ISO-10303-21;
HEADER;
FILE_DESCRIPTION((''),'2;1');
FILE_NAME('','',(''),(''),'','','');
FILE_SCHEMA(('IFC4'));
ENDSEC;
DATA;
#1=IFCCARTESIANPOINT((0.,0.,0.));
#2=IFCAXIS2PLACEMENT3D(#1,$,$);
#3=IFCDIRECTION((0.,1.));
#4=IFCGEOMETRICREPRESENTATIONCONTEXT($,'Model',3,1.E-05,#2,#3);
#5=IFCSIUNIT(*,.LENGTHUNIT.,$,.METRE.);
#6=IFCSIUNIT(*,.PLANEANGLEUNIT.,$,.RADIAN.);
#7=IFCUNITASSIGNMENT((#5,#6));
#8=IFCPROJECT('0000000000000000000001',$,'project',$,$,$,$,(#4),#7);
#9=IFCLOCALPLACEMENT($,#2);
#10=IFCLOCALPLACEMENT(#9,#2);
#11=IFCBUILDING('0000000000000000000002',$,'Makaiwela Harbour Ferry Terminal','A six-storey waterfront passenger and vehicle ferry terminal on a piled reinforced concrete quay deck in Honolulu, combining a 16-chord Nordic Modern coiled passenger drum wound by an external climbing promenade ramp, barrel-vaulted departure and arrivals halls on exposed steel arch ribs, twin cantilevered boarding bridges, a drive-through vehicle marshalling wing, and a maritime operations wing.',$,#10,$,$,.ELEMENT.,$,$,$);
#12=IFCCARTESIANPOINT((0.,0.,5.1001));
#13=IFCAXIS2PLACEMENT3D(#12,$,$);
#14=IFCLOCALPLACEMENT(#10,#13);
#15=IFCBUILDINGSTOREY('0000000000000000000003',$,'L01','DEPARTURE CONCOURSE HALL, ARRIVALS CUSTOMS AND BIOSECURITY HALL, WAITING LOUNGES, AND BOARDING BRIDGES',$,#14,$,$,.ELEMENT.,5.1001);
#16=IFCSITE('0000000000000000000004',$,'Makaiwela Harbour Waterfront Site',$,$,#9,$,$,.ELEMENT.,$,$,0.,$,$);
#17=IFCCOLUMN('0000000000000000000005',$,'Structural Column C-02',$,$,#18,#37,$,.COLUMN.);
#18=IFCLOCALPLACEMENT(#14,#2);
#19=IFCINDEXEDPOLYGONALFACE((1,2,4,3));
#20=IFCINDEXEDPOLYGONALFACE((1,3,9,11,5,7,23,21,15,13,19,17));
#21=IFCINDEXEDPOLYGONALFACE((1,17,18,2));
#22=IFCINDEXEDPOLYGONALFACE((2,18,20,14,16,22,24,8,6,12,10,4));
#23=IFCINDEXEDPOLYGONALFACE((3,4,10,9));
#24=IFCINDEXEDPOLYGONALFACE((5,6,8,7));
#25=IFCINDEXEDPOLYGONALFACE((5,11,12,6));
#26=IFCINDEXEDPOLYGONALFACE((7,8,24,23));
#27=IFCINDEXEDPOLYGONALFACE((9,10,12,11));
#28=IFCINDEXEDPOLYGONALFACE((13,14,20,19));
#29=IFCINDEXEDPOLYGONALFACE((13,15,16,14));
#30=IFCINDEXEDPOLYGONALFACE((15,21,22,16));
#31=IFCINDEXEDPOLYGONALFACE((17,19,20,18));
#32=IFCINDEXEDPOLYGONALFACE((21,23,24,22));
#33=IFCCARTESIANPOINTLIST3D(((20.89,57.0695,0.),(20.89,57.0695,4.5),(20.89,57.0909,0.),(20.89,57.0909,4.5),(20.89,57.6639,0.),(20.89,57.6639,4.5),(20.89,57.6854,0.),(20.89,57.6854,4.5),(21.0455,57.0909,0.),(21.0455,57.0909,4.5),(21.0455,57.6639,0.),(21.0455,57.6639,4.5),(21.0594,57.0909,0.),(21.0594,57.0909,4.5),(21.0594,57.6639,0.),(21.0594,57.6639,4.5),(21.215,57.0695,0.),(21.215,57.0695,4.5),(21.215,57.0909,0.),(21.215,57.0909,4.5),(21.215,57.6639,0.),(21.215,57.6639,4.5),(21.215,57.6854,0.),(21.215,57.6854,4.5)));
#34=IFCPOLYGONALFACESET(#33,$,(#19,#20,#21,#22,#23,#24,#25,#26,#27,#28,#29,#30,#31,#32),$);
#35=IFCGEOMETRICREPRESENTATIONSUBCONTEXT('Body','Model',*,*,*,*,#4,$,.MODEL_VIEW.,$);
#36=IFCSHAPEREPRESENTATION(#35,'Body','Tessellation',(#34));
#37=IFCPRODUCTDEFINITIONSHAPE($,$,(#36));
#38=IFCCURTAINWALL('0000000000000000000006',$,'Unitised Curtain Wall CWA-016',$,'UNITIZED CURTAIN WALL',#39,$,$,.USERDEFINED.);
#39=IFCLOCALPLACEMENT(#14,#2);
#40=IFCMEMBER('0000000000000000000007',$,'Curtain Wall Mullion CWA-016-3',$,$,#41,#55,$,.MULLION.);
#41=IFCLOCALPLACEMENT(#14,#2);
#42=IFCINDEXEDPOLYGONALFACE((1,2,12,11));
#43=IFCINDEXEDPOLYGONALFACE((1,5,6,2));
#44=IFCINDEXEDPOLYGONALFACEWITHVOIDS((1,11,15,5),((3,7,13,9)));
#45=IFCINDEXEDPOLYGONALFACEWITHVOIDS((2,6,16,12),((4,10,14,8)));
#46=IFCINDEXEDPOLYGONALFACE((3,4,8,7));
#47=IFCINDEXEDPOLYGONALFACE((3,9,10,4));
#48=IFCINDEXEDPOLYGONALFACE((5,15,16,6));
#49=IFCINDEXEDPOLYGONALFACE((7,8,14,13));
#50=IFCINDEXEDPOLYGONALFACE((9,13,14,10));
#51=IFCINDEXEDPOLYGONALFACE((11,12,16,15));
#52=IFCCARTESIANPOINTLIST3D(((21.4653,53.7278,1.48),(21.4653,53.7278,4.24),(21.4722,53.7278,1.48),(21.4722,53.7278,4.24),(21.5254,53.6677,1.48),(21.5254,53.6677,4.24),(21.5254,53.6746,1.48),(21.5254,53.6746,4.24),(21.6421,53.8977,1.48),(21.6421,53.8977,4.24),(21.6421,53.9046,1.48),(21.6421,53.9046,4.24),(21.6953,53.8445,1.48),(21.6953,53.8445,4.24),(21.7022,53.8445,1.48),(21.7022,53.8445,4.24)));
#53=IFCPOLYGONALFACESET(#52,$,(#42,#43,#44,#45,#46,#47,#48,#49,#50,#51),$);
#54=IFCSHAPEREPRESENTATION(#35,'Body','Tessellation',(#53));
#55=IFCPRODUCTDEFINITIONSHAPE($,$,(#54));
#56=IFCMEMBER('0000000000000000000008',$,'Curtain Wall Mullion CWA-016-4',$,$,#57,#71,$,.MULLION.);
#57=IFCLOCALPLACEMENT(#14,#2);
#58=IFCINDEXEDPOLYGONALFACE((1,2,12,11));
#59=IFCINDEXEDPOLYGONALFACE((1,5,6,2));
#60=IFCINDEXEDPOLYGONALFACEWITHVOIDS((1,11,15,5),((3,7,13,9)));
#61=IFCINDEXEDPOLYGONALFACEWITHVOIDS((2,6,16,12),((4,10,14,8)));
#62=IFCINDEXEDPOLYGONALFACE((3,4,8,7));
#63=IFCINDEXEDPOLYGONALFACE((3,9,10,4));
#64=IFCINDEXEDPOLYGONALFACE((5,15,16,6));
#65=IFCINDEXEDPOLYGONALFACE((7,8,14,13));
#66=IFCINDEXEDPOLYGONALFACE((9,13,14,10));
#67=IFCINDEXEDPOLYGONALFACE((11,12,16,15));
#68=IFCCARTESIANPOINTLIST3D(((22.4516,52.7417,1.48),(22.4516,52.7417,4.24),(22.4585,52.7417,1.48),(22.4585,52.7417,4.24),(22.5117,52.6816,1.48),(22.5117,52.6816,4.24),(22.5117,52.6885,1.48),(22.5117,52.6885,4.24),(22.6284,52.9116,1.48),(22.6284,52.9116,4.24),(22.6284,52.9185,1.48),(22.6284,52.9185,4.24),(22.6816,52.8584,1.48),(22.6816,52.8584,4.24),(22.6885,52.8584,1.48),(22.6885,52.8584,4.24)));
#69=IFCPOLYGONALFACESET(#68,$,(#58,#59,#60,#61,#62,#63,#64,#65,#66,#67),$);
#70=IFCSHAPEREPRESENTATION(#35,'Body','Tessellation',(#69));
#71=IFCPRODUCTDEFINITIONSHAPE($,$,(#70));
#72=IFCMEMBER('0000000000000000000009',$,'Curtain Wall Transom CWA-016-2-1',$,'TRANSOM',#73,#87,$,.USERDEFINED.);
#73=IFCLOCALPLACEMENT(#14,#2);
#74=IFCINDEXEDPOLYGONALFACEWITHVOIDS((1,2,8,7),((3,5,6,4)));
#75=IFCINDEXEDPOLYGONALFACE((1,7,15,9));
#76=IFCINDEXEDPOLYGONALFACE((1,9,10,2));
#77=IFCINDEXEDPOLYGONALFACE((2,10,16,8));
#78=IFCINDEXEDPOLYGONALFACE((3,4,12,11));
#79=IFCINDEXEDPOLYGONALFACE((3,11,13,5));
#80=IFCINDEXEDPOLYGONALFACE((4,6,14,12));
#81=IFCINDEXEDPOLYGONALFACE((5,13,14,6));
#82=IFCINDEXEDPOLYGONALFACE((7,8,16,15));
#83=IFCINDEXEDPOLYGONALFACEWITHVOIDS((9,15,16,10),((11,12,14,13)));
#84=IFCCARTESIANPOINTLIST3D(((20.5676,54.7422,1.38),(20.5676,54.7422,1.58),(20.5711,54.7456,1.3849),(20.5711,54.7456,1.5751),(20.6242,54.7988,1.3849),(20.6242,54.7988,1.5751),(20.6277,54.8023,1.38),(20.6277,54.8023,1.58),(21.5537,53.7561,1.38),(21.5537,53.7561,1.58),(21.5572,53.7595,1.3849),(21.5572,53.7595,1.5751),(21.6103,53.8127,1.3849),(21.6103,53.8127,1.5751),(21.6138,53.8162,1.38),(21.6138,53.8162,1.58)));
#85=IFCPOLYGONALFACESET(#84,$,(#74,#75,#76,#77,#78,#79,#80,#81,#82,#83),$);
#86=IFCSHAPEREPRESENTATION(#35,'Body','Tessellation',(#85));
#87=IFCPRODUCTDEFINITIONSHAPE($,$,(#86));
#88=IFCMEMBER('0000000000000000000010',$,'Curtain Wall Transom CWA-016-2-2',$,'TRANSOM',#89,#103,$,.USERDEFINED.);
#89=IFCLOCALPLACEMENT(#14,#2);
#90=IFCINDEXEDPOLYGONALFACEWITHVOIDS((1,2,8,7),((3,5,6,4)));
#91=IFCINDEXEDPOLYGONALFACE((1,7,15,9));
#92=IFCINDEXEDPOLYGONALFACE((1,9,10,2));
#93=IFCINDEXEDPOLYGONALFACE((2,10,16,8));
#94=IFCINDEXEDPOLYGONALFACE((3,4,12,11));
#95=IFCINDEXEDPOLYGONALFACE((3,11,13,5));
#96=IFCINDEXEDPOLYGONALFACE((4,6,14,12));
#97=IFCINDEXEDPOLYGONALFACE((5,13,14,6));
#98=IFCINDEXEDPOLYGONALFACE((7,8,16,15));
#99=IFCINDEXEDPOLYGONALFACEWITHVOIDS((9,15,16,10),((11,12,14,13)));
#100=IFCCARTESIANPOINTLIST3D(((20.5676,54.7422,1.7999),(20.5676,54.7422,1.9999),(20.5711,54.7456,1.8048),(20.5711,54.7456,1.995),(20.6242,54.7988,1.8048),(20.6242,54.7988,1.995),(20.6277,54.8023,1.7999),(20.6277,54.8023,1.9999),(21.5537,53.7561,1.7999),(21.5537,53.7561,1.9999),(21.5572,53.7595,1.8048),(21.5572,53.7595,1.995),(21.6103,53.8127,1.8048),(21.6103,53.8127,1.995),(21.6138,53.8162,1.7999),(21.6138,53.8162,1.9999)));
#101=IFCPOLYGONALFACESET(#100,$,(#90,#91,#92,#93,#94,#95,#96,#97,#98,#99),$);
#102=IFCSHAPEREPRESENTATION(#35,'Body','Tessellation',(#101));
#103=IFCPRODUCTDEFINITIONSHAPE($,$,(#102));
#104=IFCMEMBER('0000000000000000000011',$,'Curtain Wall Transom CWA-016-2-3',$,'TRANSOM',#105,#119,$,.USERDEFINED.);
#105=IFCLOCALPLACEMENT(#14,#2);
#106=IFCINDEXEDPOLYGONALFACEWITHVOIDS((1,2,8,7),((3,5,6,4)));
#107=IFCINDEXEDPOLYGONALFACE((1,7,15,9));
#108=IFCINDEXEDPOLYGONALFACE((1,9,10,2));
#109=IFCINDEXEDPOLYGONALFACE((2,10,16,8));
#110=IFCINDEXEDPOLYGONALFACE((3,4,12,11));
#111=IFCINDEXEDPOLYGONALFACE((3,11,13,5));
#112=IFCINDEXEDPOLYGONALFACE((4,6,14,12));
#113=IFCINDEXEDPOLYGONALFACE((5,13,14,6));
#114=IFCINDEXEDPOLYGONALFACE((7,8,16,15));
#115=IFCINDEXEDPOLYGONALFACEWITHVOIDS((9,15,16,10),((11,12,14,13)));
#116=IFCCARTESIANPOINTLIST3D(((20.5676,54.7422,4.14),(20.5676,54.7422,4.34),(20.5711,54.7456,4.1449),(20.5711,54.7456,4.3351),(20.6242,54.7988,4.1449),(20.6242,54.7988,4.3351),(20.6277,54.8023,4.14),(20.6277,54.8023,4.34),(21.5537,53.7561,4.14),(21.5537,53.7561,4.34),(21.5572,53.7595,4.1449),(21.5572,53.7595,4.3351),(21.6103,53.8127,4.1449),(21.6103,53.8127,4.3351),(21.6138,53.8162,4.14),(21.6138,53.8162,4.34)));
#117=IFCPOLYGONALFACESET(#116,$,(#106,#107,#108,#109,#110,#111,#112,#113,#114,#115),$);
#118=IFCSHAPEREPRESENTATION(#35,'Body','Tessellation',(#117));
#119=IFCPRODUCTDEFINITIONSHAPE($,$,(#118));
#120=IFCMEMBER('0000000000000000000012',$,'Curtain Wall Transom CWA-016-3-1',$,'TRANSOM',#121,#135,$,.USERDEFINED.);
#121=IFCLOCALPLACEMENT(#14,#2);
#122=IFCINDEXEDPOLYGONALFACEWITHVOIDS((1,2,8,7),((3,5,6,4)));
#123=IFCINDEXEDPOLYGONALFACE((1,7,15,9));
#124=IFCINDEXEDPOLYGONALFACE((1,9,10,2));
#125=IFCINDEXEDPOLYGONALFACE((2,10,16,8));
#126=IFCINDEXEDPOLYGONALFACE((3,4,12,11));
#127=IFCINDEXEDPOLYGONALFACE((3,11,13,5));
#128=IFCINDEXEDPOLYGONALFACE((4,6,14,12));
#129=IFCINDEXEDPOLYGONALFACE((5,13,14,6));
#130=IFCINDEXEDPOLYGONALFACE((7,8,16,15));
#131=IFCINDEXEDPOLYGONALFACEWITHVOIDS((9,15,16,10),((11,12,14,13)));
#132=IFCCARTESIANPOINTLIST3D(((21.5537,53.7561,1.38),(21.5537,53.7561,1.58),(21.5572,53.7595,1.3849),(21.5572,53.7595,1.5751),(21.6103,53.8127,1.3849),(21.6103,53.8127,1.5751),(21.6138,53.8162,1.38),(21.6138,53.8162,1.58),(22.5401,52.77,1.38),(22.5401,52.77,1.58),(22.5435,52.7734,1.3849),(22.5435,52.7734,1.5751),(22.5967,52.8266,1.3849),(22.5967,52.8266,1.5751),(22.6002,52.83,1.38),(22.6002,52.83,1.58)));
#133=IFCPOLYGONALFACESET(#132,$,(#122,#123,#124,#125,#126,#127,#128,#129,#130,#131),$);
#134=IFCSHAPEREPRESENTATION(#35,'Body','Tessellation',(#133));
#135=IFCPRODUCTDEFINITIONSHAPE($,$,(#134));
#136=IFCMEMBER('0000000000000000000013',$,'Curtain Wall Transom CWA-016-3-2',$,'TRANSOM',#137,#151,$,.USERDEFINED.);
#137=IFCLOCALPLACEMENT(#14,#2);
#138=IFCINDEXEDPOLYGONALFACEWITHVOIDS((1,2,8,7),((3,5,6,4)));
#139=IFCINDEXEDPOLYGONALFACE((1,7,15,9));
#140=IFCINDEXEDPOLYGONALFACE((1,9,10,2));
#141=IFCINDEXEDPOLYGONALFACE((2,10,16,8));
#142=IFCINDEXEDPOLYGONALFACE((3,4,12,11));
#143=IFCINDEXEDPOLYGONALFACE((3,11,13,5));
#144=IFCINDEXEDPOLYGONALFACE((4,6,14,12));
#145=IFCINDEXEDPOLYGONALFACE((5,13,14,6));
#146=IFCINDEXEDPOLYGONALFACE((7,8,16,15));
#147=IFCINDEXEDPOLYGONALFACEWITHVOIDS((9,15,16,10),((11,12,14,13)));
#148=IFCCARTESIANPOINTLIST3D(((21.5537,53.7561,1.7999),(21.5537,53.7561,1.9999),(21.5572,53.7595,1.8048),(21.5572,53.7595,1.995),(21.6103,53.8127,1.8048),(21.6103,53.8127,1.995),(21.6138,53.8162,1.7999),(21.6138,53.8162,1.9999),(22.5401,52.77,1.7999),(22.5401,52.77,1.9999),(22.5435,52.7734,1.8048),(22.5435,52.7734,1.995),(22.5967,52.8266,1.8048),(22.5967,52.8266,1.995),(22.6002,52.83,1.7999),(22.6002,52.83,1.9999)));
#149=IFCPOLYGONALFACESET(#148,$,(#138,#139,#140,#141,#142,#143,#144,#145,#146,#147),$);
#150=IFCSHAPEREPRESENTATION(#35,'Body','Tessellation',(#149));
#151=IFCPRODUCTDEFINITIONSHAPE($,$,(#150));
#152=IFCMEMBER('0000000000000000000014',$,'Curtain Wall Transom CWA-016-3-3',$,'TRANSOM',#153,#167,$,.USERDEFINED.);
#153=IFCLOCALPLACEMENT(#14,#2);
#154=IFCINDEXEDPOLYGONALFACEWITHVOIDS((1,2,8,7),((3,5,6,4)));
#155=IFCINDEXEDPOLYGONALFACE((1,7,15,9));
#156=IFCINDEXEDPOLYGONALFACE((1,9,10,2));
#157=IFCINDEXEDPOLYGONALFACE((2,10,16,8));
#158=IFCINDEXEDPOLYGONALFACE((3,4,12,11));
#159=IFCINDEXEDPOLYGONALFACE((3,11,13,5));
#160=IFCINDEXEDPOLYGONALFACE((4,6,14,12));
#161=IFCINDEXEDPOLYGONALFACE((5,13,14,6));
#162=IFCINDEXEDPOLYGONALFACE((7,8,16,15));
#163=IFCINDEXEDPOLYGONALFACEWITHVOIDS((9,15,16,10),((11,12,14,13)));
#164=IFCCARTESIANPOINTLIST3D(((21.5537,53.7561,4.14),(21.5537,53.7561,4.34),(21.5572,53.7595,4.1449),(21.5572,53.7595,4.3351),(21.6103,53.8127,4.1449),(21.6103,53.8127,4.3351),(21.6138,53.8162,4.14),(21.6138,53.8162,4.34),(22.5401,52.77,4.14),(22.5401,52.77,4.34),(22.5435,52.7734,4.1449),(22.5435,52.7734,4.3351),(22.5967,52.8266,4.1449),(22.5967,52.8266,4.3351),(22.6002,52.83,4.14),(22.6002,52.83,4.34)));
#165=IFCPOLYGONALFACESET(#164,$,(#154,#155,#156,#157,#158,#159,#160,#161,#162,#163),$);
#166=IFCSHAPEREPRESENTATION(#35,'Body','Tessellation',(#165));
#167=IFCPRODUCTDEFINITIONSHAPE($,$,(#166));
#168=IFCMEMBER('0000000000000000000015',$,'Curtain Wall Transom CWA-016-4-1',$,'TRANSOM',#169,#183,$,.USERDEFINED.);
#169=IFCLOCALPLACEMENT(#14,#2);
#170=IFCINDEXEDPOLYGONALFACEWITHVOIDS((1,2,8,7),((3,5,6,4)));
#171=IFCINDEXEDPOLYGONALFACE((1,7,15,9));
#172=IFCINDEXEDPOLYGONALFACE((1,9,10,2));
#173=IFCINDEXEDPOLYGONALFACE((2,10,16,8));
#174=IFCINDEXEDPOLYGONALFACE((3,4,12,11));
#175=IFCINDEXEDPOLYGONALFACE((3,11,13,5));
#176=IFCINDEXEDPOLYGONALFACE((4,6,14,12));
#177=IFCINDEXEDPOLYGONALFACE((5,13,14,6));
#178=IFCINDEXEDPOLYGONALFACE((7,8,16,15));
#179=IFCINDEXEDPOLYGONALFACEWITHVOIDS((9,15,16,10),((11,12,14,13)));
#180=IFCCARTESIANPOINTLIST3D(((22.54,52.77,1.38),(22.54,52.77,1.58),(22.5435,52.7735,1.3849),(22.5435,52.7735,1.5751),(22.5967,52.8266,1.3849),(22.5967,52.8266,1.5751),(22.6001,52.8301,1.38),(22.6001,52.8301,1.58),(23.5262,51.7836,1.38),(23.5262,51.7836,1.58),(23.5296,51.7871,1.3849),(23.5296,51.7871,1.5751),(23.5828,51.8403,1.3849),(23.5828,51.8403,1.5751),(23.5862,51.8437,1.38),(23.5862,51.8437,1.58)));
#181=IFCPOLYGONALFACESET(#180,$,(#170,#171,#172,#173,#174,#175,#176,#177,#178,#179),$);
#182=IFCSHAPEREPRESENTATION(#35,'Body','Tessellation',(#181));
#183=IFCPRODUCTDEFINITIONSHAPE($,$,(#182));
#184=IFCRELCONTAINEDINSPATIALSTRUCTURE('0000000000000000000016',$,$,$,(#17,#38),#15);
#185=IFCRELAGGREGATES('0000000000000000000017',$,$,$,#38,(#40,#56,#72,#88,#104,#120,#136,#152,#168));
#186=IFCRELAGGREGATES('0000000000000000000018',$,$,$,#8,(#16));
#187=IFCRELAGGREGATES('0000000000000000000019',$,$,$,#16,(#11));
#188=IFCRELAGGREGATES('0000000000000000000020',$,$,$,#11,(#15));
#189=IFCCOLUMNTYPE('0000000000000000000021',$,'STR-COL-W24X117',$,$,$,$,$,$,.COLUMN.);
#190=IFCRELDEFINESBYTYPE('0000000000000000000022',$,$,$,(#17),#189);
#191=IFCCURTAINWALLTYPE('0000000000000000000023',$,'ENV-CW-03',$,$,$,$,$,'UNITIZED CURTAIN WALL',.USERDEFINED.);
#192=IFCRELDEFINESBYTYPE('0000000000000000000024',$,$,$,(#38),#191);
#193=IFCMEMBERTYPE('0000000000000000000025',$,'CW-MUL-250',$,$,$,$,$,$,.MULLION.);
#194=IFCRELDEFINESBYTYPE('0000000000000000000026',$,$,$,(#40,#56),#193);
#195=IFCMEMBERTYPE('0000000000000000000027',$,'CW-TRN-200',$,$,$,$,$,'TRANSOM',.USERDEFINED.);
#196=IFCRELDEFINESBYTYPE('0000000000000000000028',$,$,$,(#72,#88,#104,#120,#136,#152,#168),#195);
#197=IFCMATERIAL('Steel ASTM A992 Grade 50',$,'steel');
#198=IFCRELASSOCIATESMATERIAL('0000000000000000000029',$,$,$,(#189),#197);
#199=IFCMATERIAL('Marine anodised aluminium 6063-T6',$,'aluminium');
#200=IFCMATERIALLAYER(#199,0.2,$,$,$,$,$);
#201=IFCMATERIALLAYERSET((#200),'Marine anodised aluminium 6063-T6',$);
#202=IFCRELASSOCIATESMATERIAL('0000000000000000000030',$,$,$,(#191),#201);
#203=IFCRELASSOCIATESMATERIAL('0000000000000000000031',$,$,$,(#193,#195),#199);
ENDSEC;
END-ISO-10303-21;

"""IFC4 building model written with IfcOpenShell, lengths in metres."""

from ifc_helpers import new_model, si_unit, direction, frame, origin, origin_2d, place, context, subcontext, project, spatial, hollow_rectangle, i_section, extrude, material, layer, layer_set, material_profile, profile_set, type_object, element, aggregate, save


model = new_model("IFC4")

# Units and contexts
model_context = context("Model", 3, precision=1e-05, world=origin(), true_north=direction((0.0, 1.0)))
body_context = subcontext(model_context, "Body", "Model", "MODEL_VIEW")
ifc_project = project(units=[si_unit("LENGTHUNIT", "METRE"), si_unit("PLANEANGLEUNIT", "RADIAN")], contexts=[model_context])

# Site, building, storey
site_placement = place(None, origin())
site = spatial("IfcSite", under=ifc_project, at=site_placement, Name="Makaiwela Harbour Waterfront Site", CompositionType="ELEMENT", RefElevation=0.0)
building_placement = place(site_placement, origin())
building = spatial("IfcBuilding", under=site, at=building_placement, Name="Makaiwela Harbour Ferry Terminal", Description="A six-storey waterfront passenger and vehicle ferry terminal on a piled reinforced concrete quay deck in Honolulu, combining a 16-chord Nordic Modern coiled passenger drum wound by an external climbing promenade ramp, barrel-vaulted departure and arrivals halls on exposed steel arch ribs, twin cantilevered boarding bridges, a drive-through vehicle marshalling wing, and a maritime operations wing.", CompositionType="ELEMENT")
storey_placement = place(building_placement, frame((0.0, 0.0, 5.1001)))
storey = spatial("IfcBuildingStorey", under=building, at=storey_placement, Name="L01", Description="DEPARTURE CONCOURSE HALL, ARRIVALS CUSTOMS AND BIOSECURITY HALL, WAITING LOUNGES, AND BOARDING BRIDGES", CompositionType="ELEMENT", Elevation=5.1001)

# Column
ifc_material_1 = material(Name="Steel ASTM A992 Grade 50", Category="steel")
ifc_material_profile_1 = material_profile(ifc_material_1, i_section(OverallWidth=0.325, OverallDepth=0.616, WebThickness=0.0139, FlangeThickness=0.0215, at=origin_2d()), Name="W24X117")
ifc_profile_set_1 = profile_set([ifc_material_profile_1], Name="Steel ASTM A992 Grade 50")
column_type = type_object("IfcColumnType", Name="STR-COL-W24X117", PredefinedType="COLUMN", material=ifc_profile_set_1)
column_placement = place(storey_placement, frame((21.0525, 57.3774, 0.0), z_axis=(0.0, 0.0, 1.0), x_axis=(1.0, 0.0, 0.0)))
element("IfcColumn", 1, at=column_placement, inside=storey, type_object=column_type, Name="Structural Column C-02", PredefinedType="COLUMN", context=body_context, shape_type="SweptSolid", body=[
    extrude(i_section(OverallWidth=0.325, OverallDepth=0.616, WebThickness=0.0139, FlangeThickness=0.0215, at=origin_2d()), origin(), (0.0, 0.0, 1.0), 4.5),
])

# Curtain wall, members
ifc_material_2 = material(Name="Marine anodised aluminium 6063-T6", Category="aluminium")
ifc_layer_1 = layer(ifc_material_2, 0.2)
ifc_layer_set_1 = layer_set([ifc_layer_1], Name="Marine anodised aluminium 6063-T6")
curtain_wall_type = type_object("IfcCurtainWallType", Name="ENV-CW-03", ElementType="UNITIZED CURTAIN WALL", PredefinedType="USERDEFINED", material=ifc_layer_set_1)
curtain_wall_placement = place(storey_placement, origin())
curtain_wall = element("IfcCurtainWall", 2, at=curtain_wall_placement, inside=storey, type_object=curtain_wall_type, Name="Unitised Curtain Wall CWA-016", ObjectType="UNITIZED CURTAIN WALL", PredefinedType="USERDEFINED")
ifc_material_profile_2 = material_profile(ifc_material_2, hollow_rectangle(XDim=0.085, YDim=0.25, WallThickness=0.0049, at=origin_2d()), Name="CWM-250X85")
ifc_profile_set_2 = profile_set([ifc_material_profile_2], Name="Marine anodised aluminium 6063-T6")
member_type_1 = type_object("IfcMemberType", Name="CW-MUL-250", PredefinedType="MULLION", material=ifc_profile_set_2)
member_1_placement = place(storey_placement, frame((21.5837, 53.7861, 1.48), z_axis=(0.0, 0.0, 1.0), x_axis=(-0.707107, 0.707107, 0.0)))
member_1 = element("IfcMember", 3, at=member_1_placement, type_object=member_type_1, Name="Curtain Wall Mullion CWA-016-3", PredefinedType="MULLION", context=body_context, shape_type="SweptSolid", body=[
    extrude(hollow_rectangle(XDim=0.085, YDim=0.25, WallThickness=0.0049, at=origin_2d()), origin(), (0.0, 0.0, 1.0), 2.76),
])
member_2_placement = place(storey_placement, frame((22.5701, 52.8, 1.48), z_axis=(0.0, 0.0, 1.0), x_axis=(-0.707107, 0.707107, 0.0)))
member_2 = element("IfcMember", 4, at=member_2_placement, type_object=member_type_1, Name="Curtain Wall Mullion CWA-016-4", PredefinedType="MULLION", context=body_context, shape_type="SweptSolid", body=[
    extrude(hollow_rectangle(XDim=0.085, YDim=0.25, WallThickness=0.0049, at=origin_2d()), origin(), (0.0, 0.0, 1.0), 2.76),
])
ifc_material_profile_3 = material_profile(ifc_material_2, hollow_rectangle(XDim=0.085, YDim=0.2, WallThickness=0.0049, at=origin_2d()), Name="CWT-200X85")
ifc_profile_set_3 = profile_set([ifc_material_profile_3], Name="Marine anodised aluminium 6063-T6")
member_type_2 = type_object("IfcMemberType", Name="CW-TRN-200", ElementType="TRANSOM", PredefinedType="USERDEFINED", material=ifc_profile_set_3)
member_3_placement = place(storey_placement, frame((20.5977, 54.7722, 1.48), z_axis=(0.707107, -0.707107, 0.0), x_axis=(0.707107, 0.707107, 0.0)))
member_3 = element("IfcMember", 5, at=member_3_placement, type_object=member_type_2, Name="Curtain Wall Transom CWA-016-2-1", ObjectType="TRANSOM", PredefinedType="USERDEFINED", context=body_context, shape_type="SweptSolid", body=[
    extrude(hollow_rectangle(XDim=0.085, YDim=0.2, WallThickness=0.0049, at=origin_2d()), origin(), (0.0, 0.0, 1.0), 1.3945),
])
member_4_placement = place(storey_placement, frame((20.5977, 54.7722, 1.8999), z_axis=(0.707107, -0.707107, 0.0), x_axis=(0.707107, 0.707107, 0.0)))
member_4 = element("IfcMember", 6, at=member_4_placement, type_object=member_type_2, Name="Curtain Wall Transom CWA-016-2-2", ObjectType="TRANSOM", PredefinedType="USERDEFINED", context=body_context, shape_type="SweptSolid", body=[
    extrude(hollow_rectangle(XDim=0.085, YDim=0.2, WallThickness=0.0049, at=origin_2d()), origin(), (0.0, 0.0, 1.0), 1.3945),
])
member_5_placement = place(storey_placement, frame((20.5977, 54.7722, 4.24), z_axis=(0.707107, -0.707107, 0.0), x_axis=(0.707107, 0.707107, 0.0)))
member_5 = element("IfcMember", 7, at=member_5_placement, type_object=member_type_2, Name="Curtain Wall Transom CWA-016-2-3", ObjectType="TRANSOM", PredefinedType="USERDEFINED", context=body_context, shape_type="SweptSolid", body=[
    extrude(hollow_rectangle(XDim=0.085, YDim=0.2, WallThickness=0.0049, at=origin_2d()), origin(), (0.0, 0.0, 1.0), 1.3945),
])
member_6_placement = place(storey_placement, frame((21.5837, 53.7861, 1.48), z_axis=(0.707194, -0.707019, 0.0), x_axis=(0.707019, 0.707194, 0.0)))
member_6 = element("IfcMember", 8, at=member_6_placement, type_object=member_type_2, Name="Curtain Wall Transom CWA-016-3-1", ObjectType="TRANSOM", PredefinedType="USERDEFINED", context=body_context, shape_type="SweptSolid", body=[
    extrude(hollow_rectangle(XDim=0.085, YDim=0.2, WallThickness=0.0049, at=origin_2d()), origin(), (0.0, 0.0, 1.0), 1.3948),
])
member_7_placement = place(storey_placement, frame((21.5837, 53.7861, 1.8999), z_axis=(0.707194, -0.707019, 0.0), x_axis=(0.707019, 0.707194, 0.0)))
member_7 = element("IfcMember", 9, at=member_7_placement, type_object=member_type_2, Name="Curtain Wall Transom CWA-016-3-2", ObjectType="TRANSOM", PredefinedType="USERDEFINED", context=body_context, shape_type="SweptSolid", body=[
    extrude(hollow_rectangle(XDim=0.085, YDim=0.2, WallThickness=0.0049, at=origin_2d()), origin(), (0.0, 0.0, 1.0), 1.3948),
])
member_8_placement = place(storey_placement, frame((21.5837, 53.7861, 4.24), z_axis=(0.707194, -0.707019, 0.0), x_axis=(0.707019, 0.707194, 0.0)))
member_8 = element("IfcMember", 10, at=member_8_placement, type_object=member_type_2, Name="Curtain Wall Transom CWA-016-3-3", ObjectType="TRANSOM", PredefinedType="USERDEFINED", context=body_context, shape_type="SweptSolid", body=[
    extrude(hollow_rectangle(XDim=0.085, YDim=0.2, WallThickness=0.0049, at=origin_2d()), origin(), (0.0, 0.0, 1.0), 1.3948),
])
member_9_placement = place(storey_placement, frame((22.5701, 52.8, 1.48), z_axis=(0.707019, -0.707194, 0.0), x_axis=(0.707194, 0.707019, 0.0)))
member_9 = element("IfcMember", 11, at=member_9_placement, type_object=member_type_2, Name="Curtain Wall Transom CWA-016-4-1", ObjectType="TRANSOM", PredefinedType="USERDEFINED", context=body_context, shape_type="SweptSolid", body=[
    extrude(hollow_rectangle(XDim=0.085, YDim=0.2, WallThickness=0.0049, at=origin_2d()), origin(), (0.0, 0.0, 1.0), 1.3948),
])

aggregate(curtain_wall, [member_1, member_2, member_3, member_4, member_5, member_6, member_7, member_8, member_9])

save(model, "model.ifc")
